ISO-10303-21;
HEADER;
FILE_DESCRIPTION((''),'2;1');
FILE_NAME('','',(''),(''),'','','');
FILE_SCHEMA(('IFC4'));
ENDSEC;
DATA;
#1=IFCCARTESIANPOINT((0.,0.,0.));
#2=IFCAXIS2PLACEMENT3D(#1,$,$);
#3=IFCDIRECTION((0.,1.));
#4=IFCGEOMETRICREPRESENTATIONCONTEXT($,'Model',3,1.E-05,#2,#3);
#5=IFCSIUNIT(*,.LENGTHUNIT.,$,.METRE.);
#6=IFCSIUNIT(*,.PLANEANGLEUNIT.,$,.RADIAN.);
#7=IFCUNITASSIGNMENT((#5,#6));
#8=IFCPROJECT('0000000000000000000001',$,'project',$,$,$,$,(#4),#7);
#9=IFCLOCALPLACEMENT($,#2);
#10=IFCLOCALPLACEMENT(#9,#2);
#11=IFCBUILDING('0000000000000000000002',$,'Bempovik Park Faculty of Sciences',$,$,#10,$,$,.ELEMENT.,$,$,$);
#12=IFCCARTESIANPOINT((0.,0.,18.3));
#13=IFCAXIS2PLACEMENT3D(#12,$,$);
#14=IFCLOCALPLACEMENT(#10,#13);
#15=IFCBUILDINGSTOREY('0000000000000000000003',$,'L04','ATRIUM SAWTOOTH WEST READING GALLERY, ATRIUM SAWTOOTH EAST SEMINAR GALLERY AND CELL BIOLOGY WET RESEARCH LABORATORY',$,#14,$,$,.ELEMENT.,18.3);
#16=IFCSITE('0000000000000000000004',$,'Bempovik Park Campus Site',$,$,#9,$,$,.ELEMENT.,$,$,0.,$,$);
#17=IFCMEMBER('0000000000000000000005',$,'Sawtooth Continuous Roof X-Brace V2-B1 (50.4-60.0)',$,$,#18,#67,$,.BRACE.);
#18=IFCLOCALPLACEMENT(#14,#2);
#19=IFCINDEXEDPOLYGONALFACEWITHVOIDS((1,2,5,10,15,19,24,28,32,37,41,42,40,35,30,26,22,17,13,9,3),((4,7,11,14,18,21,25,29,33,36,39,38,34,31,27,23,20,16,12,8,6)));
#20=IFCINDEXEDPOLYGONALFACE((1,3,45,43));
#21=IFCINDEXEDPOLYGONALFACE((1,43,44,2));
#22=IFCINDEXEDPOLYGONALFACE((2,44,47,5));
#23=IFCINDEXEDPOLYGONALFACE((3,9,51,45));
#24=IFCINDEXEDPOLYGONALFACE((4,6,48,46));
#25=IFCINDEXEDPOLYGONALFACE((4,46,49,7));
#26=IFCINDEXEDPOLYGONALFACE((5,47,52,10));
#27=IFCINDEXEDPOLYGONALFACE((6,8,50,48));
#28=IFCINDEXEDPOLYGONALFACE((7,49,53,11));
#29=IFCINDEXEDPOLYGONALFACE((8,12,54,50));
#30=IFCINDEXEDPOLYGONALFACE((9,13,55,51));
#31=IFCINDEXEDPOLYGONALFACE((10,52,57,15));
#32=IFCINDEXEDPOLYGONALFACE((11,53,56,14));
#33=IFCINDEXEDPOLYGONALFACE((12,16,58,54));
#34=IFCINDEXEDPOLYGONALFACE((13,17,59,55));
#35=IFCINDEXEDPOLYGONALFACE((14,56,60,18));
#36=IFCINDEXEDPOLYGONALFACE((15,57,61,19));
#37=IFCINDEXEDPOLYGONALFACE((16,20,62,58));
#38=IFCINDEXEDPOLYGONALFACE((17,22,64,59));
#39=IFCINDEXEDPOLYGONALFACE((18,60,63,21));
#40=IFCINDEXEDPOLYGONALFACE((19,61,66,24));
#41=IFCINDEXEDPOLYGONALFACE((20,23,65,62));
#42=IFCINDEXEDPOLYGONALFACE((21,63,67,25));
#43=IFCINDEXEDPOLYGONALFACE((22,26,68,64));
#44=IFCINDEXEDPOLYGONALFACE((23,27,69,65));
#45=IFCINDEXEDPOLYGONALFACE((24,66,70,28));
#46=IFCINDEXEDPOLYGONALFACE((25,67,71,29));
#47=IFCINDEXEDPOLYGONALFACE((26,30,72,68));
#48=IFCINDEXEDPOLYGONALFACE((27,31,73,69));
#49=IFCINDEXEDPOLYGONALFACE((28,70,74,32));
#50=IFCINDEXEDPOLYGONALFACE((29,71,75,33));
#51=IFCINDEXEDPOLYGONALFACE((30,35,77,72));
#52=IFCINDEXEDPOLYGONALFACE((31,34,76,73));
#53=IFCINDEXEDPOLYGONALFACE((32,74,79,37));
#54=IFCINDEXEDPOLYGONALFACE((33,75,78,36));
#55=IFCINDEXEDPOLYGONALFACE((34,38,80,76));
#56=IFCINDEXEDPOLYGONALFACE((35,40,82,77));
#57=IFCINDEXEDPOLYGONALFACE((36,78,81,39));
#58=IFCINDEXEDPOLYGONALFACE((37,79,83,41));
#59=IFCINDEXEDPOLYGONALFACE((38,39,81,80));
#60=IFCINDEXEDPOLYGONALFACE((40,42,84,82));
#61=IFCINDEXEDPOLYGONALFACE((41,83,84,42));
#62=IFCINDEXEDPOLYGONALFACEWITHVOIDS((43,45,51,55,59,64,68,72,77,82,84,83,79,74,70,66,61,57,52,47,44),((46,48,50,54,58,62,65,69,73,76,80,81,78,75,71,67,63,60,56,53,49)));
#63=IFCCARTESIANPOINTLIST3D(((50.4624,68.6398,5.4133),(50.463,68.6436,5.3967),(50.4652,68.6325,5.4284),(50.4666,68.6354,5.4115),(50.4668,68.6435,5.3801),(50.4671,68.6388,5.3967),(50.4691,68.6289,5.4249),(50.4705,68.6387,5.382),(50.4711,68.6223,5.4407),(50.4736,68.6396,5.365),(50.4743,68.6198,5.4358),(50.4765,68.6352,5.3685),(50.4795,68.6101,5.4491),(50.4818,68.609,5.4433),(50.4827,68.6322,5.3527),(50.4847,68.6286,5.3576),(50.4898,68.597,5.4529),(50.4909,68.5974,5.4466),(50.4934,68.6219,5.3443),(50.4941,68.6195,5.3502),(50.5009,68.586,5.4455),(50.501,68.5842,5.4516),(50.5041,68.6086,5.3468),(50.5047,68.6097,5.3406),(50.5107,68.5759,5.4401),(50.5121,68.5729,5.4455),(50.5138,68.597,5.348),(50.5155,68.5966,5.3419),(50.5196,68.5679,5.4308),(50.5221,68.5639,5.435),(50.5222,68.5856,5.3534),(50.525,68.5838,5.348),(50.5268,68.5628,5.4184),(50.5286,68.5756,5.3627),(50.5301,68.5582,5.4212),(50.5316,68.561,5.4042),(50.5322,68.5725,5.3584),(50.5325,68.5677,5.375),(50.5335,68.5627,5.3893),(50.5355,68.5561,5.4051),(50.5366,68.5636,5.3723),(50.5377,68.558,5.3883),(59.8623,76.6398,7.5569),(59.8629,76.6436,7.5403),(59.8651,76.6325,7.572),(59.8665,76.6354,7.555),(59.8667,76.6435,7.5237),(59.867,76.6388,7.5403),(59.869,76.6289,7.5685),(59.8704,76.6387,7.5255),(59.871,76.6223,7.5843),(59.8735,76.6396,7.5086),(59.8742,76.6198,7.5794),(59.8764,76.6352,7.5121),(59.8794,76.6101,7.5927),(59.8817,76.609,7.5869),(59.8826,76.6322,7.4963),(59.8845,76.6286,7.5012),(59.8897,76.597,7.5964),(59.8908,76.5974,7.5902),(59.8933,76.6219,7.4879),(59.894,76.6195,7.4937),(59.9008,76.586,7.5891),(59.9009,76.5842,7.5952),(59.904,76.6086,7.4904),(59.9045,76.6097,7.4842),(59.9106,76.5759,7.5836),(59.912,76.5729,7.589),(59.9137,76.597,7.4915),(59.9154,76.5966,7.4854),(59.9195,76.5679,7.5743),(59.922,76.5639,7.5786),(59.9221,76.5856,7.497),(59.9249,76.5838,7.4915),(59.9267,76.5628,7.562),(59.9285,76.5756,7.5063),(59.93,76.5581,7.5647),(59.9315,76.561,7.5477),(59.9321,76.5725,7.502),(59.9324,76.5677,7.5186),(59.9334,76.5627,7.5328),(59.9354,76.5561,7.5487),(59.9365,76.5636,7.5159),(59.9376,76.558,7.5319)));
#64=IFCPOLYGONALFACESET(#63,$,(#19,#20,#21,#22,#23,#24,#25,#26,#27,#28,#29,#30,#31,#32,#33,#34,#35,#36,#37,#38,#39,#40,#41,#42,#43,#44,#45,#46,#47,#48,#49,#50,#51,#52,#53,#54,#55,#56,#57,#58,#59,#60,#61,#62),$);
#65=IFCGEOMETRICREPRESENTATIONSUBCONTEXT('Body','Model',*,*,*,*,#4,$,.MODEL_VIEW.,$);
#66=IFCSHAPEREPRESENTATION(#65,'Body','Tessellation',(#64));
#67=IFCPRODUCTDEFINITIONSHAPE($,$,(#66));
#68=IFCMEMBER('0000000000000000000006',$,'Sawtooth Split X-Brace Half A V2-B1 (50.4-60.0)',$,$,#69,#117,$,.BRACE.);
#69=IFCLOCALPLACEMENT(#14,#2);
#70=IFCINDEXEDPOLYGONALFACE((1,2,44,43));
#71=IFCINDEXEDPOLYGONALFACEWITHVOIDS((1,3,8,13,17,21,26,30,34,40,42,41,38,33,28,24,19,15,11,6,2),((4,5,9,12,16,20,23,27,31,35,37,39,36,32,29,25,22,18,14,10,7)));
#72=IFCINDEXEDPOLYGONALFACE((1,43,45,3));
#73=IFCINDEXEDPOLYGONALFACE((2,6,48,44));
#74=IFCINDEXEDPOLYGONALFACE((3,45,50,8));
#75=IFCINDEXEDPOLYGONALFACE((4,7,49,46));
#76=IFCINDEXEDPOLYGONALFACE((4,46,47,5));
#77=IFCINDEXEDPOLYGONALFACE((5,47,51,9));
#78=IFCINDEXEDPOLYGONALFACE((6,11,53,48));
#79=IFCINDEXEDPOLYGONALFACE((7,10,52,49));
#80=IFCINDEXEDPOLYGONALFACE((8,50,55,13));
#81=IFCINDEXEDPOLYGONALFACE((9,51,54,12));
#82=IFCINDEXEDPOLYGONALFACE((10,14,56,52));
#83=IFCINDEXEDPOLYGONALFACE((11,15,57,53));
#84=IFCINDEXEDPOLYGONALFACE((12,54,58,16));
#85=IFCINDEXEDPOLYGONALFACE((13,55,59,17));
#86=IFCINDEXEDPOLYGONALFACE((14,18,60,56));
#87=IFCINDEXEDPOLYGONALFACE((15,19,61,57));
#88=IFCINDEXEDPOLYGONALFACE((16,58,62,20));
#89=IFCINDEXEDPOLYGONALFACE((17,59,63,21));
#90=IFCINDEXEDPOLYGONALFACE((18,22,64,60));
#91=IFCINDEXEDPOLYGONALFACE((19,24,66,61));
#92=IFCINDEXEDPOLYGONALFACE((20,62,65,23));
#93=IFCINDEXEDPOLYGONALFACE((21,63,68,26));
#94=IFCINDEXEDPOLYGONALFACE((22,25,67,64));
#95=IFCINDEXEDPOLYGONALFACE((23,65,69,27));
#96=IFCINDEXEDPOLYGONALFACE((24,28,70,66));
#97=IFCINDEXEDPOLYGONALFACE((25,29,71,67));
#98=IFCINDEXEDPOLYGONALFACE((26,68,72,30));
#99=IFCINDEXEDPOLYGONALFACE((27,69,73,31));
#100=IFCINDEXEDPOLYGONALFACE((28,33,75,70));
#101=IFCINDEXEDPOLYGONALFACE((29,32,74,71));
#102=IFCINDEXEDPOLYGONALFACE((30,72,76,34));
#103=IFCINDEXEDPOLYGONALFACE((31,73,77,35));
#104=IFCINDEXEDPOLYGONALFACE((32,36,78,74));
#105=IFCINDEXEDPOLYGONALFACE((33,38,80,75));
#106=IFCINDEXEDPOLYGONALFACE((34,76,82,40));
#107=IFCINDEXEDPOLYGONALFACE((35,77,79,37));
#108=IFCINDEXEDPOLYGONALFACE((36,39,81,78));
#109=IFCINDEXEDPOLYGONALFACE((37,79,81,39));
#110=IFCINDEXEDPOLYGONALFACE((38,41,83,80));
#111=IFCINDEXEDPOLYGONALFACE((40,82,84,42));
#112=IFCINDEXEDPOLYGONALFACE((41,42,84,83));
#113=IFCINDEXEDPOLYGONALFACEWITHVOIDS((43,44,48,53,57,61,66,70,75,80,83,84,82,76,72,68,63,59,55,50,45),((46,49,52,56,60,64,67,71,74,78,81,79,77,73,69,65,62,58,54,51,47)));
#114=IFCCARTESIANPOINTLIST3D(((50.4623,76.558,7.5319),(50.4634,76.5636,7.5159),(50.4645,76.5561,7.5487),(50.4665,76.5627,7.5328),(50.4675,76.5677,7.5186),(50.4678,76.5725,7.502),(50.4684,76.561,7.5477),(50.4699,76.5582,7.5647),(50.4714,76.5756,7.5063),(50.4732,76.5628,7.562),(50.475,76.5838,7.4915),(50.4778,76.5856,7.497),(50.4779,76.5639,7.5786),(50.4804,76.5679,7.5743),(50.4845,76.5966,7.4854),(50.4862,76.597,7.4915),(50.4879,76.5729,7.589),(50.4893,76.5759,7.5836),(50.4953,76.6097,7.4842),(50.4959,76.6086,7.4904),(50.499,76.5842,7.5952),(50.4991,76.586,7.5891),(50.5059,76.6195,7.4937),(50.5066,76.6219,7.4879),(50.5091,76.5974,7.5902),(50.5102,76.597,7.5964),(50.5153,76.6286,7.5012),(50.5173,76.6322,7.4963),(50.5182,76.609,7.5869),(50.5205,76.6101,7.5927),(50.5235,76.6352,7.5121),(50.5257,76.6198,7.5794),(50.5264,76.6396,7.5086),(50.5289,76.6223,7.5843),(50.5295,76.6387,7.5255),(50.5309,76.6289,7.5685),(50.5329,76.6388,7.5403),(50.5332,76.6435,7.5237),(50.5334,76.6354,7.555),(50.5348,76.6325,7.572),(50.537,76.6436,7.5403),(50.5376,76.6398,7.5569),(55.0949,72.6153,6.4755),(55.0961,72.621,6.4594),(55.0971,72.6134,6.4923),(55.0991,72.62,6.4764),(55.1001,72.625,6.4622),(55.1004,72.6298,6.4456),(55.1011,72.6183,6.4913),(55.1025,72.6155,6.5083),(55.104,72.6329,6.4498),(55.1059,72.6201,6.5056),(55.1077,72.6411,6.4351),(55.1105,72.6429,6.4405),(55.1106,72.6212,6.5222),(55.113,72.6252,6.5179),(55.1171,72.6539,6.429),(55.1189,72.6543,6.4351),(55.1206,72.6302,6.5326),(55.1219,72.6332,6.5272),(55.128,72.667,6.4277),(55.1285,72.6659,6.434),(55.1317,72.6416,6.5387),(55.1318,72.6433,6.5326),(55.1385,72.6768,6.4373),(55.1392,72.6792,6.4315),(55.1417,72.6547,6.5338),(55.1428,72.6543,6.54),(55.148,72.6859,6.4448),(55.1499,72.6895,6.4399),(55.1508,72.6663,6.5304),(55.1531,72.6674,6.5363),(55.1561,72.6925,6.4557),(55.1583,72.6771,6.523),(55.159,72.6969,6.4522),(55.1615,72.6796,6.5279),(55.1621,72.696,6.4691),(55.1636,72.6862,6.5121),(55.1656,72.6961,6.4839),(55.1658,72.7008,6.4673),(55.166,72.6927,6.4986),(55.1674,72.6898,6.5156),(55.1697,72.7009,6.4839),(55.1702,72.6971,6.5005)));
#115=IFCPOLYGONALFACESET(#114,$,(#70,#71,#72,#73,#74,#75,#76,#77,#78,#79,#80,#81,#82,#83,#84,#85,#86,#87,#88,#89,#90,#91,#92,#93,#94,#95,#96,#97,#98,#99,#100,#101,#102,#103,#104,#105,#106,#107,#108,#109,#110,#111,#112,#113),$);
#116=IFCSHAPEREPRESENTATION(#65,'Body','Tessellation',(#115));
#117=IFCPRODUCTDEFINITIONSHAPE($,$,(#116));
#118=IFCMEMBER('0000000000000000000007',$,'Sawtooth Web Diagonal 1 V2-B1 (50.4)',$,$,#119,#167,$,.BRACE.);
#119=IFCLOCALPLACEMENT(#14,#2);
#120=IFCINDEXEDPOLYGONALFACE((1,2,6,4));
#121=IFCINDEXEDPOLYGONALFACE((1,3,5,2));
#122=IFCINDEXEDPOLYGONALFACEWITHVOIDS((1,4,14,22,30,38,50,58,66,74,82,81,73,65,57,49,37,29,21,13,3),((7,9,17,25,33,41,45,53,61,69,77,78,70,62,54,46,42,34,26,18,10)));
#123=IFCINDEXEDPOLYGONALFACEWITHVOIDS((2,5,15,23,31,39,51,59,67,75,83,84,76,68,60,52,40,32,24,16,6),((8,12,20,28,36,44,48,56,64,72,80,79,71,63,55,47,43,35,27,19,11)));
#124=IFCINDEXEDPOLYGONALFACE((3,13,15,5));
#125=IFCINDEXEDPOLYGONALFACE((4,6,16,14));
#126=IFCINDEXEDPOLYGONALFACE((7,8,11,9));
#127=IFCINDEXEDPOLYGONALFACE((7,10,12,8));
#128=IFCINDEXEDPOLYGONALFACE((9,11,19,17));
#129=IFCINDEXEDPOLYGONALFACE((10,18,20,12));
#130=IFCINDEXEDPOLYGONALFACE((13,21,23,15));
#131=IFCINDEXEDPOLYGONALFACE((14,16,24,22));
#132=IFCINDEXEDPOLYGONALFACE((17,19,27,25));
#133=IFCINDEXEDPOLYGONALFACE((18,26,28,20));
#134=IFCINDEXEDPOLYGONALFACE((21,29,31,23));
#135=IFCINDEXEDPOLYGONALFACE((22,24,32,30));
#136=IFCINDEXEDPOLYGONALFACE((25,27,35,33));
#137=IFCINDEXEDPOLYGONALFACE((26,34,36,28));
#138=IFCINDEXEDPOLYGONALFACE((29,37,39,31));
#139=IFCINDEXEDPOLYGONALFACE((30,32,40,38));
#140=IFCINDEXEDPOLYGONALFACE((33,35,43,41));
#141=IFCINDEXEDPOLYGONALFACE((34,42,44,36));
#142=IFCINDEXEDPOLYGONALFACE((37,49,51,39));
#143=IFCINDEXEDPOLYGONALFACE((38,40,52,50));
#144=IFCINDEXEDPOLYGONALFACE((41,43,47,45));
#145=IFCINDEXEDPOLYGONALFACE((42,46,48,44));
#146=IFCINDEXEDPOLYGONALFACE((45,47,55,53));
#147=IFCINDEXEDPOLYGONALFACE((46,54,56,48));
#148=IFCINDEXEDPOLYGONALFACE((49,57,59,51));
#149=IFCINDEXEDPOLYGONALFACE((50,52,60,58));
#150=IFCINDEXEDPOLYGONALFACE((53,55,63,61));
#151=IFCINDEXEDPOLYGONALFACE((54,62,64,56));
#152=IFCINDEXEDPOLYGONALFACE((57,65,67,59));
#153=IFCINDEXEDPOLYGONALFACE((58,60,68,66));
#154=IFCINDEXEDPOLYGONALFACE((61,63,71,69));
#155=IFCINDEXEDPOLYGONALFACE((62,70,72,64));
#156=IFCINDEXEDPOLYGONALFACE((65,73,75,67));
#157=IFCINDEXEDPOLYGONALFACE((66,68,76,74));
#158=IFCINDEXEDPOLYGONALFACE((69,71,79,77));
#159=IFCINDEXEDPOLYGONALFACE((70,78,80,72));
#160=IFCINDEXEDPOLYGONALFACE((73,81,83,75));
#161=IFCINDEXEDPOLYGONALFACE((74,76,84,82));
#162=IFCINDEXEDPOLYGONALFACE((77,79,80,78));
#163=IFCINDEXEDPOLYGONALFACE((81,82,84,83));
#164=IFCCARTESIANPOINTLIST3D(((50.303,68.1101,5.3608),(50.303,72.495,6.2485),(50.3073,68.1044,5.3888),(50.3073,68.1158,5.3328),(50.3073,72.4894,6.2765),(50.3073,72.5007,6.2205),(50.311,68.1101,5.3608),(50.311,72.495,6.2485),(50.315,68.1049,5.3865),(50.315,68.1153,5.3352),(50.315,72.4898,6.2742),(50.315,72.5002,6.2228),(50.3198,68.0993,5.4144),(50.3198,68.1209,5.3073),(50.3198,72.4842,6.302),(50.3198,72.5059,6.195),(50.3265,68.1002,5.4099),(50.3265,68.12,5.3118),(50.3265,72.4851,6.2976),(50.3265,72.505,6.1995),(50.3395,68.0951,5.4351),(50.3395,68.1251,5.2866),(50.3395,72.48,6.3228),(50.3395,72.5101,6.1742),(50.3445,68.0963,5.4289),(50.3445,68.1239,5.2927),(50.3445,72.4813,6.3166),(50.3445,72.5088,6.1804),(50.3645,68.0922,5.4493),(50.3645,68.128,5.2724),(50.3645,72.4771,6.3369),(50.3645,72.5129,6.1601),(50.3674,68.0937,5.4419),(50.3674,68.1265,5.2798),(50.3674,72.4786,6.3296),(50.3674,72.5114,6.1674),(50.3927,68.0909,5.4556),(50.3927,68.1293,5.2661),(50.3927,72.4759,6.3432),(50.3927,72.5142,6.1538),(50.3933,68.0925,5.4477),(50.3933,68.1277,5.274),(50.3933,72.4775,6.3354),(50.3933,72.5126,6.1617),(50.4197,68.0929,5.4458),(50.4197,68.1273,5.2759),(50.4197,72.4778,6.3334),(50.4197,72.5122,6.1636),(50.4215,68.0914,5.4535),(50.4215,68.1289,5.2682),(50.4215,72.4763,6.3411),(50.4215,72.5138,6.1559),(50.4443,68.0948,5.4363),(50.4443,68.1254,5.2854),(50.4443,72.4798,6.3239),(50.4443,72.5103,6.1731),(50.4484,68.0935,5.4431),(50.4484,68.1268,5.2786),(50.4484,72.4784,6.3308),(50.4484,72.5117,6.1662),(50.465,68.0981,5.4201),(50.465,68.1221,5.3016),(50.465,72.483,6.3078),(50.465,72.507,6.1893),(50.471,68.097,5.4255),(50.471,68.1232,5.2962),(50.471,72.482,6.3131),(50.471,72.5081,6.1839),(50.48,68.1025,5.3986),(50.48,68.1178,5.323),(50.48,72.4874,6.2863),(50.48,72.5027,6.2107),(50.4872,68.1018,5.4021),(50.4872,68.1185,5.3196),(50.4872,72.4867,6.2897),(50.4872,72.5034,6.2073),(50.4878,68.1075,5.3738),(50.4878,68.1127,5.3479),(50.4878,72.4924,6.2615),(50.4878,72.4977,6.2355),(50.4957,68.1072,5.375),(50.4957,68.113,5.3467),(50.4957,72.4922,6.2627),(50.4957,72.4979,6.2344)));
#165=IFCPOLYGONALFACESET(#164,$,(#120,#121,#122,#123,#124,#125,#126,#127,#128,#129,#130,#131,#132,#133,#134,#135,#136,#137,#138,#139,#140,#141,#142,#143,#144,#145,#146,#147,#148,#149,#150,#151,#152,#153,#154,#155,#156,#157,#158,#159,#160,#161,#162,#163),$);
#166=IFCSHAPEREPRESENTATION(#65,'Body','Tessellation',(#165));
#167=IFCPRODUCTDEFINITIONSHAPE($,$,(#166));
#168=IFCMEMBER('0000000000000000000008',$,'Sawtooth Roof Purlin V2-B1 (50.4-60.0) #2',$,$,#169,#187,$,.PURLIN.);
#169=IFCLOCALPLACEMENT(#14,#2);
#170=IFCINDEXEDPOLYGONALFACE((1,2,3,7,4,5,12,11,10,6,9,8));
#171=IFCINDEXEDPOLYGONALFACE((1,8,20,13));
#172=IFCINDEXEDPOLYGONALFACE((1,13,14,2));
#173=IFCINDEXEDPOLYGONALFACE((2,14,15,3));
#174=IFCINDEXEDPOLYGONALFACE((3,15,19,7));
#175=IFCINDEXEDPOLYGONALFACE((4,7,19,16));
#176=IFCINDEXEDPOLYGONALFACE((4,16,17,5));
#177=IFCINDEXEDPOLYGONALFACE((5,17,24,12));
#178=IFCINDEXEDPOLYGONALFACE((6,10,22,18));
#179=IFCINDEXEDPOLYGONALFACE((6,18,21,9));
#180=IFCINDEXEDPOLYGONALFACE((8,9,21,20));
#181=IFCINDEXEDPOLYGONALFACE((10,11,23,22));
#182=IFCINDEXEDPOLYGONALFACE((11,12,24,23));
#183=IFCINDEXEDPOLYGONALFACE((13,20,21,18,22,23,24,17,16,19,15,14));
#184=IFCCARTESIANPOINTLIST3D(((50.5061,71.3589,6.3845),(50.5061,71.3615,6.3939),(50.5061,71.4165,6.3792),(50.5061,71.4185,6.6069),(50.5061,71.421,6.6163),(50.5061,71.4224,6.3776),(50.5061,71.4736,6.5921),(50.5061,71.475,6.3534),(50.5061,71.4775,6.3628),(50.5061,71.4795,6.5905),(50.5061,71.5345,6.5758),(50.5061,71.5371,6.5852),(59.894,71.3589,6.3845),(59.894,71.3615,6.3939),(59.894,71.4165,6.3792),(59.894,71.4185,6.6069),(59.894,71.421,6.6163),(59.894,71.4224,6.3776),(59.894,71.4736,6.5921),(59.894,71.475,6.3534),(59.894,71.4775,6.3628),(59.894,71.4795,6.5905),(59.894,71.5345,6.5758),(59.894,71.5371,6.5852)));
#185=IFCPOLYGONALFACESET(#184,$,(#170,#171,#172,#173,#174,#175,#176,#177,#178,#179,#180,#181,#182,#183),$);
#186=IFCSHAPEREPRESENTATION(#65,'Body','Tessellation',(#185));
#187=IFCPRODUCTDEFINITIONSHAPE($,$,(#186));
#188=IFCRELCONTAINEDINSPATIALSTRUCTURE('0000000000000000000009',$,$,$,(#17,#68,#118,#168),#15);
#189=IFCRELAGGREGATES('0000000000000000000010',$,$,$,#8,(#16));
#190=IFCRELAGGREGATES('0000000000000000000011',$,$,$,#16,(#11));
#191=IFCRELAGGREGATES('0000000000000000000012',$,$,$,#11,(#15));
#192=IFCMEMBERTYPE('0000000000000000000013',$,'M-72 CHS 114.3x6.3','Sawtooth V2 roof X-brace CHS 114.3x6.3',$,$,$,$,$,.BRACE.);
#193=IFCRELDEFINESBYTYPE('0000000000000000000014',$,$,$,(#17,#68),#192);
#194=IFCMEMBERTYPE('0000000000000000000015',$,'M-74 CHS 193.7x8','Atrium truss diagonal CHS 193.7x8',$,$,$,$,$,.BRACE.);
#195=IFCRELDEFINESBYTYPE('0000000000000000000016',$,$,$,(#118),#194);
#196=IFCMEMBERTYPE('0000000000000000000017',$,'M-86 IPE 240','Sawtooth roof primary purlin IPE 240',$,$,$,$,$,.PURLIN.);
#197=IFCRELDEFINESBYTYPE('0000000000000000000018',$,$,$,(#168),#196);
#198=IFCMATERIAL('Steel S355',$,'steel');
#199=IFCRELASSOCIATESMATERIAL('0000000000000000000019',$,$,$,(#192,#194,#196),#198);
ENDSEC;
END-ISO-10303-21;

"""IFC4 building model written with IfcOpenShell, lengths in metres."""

from ifc_helpers import new_model, si_unit, direction, frame, origin, origin_2d, place, context, subcontext, project, spatial, hollow_circle, i_section, extrude, material, material_profile, profile_set, type_object, element, save


model = new_model("IFC4")

# Units and contexts
model_context = context("Model", 3, precision=1e-05, world=origin(), true_north=direction((0.0, 1.0)))
body_context = subcontext(model_context, "Body", "Model", "MODEL_VIEW")
ifc_project = project(units=[si_unit("LENGTHUNIT", "METRE"), si_unit("PLANEANGLEUNIT", "RADIAN")], contexts=[model_context])

# Site, building, storey
site_placement = place(None, origin())
site = spatial("IfcSite", under=ifc_project, at=site_placement, Name="Bempovik Park Campus Site", CompositionType="ELEMENT", RefElevation=0.0)
building_placement = place(site_placement, origin())
building = spatial("IfcBuilding", under=site, at=building_placement, Name="Bempovik Park Faculty of Sciences", CompositionType="ELEMENT")
storey_placement = place(building_placement, frame((0.0, 0.0, 18.3)))
storey = spatial("IfcBuildingStorey", under=building, at=storey_placement, Name="L04", Description="ATRIUM SAWTOOTH WEST READING GALLERY, ATRIUM SAWTOOTH EAST SEMINAR GALLERY AND CELL BIOLOGY WET RESEARCH LABORATORY", CompositionType="ELEMENT", Elevation=18.3)

# Shared definitions
ifc_material_1 = material(Name="Steel S355", Category="steel")

# Members
ifc_material_profile_1 = material_profile(ifc_material_1, hollow_circle(Radius=0.0571, WallThickness=0.0063, at=origin_2d()), Name="CHS 114.3x6.3")
ifc_profile_set_1 = profile_set([ifc_material_profile_1], Name="Steel S355")
member_type_1 = type_object("IfcMemberType", Name="M-72 CHS 114.3x6.3", Description="Sawtooth V2 roof X-brace CHS 114.3x6.3", PredefinedType="BRACE", material=ifc_profile_set_1)
member_1_placement = place(storey_placement, frame((50.5, 68.6001, 5.3967), z_axis=(0.750306, 0.638565, 0.1711), x_axis=(-0.648123, 0.761536, 0.0)))
element("IfcMember", 1, at=member_1_placement, inside=storey, type_object=member_type_1, Name="Sawtooth Continuous Roof X-Brace V2-B1 (50.4-60.0)", PredefinedType="BRACE", context=body_context, shape_type="SweptSolid", body=[
    extrude(hollow_circle(Radius=0.0571, WallThickness=0.0063, at=origin_2d()), origin(), (0.0, 0.0, 1.0), 12.5281),
])
member_2_placement = place(storey_placement, frame((50.5, 76.6001, 7.5403), z_axis=(0.750308, -0.638563, -0.171098), x_axis=(0.64812, 0.761538, 0.0)))
element("IfcMember", 2, at=member_2_placement, inside=storey, type_object=member_type_1, Name="Sawtooth Split X-Brace Half A V2-B1 (50.4-60.0)", PredefinedType="BRACE", context=body_context, shape_type="SweptSolid", body=[
    extrude(hollow_circle(Radius=0.0571, WallThickness=0.0063, at=origin_2d()), origin(), (0.0, 0.0, 1.0), 6.1743),
])
ifc_material_profile_2 = material_profile(ifc_material_1, hollow_circle(Radius=0.0969, WallThickness=0.0081, at=origin_2d()), Name="CHS 193.7x8")
ifc_profile_set_2 = profile_set([ifc_material_profile_2], Name="Steel S355")
member_type_2 = type_object("IfcMemberType", Name="M-74 CHS 193.7x8", Description="Atrium truss diagonal CHS 193.7x8", PredefinedType="BRACE", material=ifc_profile_set_2)
member_3_placement = place(storey_placement, frame((50.3999, 68.1101, 5.3608), z_axis=(0.0, 0.980118, 0.198414), x_axis=(-1.0, 0.0, 0.0)))
element("IfcMember", 3, at=member_3_placement, inside=storey, type_object=member_type_2, Name="Sawtooth Web Diagonal 1 V2-B1 (50.4)", PredefinedType="BRACE", context=body_context, shape_type="SweptSolid", body=[
    extrude(hollow_circle(Radius=0.0969, WallThickness=0.0081, at=origin_2d()), origin(), (0.0, 0.0, 1.0), 4.4739),
])
ifc_material_profile_3 = material_profile(ifc_material_1, i_section(OverallWidth=0.1201, OverallDepth=0.24, WebThickness=0.0061, FlangeThickness=0.0098, at=origin_2d()), Name="IPE 240")
ifc_profile_set_3 = profile_set([ifc_material_profile_3], Name="Steel S355")
member_type_3 = type_object("IfcMemberType", Name="M-86 IPE 240", Description="Sawtooth roof primary purlin IPE 240", PredefinedType="PURLIN", material=ifc_profile_set_3)
for number, where, z_axis, x_axis, name in (
    (4, (50.5061, 71.448, 6.4849), (1.0, 0.0, 0.0), (0.0, 0.965926, -0.258819), "Sawtooth Roof Purlin V2-B1 (50.4-60.0) #2"),
):
    element("IfcMember", number, at=place(storey_placement, frame(where, z_axis=z_axis, x_axis=x_axis)), inside=storey, type_object=member_type_3, Name=name, PredefinedType="PURLIN", context=body_context, shape_type="SweptSolid", body=[
        extrude(i_section(OverallWidth=0.1201, OverallDepth=0.24, WebThickness=0.0061, FlangeThickness=0.0098, at=origin_2d()), origin(), (0.0, 0.0, 1.0), 9.3879),
    ])

save(model, "model.ifc")
